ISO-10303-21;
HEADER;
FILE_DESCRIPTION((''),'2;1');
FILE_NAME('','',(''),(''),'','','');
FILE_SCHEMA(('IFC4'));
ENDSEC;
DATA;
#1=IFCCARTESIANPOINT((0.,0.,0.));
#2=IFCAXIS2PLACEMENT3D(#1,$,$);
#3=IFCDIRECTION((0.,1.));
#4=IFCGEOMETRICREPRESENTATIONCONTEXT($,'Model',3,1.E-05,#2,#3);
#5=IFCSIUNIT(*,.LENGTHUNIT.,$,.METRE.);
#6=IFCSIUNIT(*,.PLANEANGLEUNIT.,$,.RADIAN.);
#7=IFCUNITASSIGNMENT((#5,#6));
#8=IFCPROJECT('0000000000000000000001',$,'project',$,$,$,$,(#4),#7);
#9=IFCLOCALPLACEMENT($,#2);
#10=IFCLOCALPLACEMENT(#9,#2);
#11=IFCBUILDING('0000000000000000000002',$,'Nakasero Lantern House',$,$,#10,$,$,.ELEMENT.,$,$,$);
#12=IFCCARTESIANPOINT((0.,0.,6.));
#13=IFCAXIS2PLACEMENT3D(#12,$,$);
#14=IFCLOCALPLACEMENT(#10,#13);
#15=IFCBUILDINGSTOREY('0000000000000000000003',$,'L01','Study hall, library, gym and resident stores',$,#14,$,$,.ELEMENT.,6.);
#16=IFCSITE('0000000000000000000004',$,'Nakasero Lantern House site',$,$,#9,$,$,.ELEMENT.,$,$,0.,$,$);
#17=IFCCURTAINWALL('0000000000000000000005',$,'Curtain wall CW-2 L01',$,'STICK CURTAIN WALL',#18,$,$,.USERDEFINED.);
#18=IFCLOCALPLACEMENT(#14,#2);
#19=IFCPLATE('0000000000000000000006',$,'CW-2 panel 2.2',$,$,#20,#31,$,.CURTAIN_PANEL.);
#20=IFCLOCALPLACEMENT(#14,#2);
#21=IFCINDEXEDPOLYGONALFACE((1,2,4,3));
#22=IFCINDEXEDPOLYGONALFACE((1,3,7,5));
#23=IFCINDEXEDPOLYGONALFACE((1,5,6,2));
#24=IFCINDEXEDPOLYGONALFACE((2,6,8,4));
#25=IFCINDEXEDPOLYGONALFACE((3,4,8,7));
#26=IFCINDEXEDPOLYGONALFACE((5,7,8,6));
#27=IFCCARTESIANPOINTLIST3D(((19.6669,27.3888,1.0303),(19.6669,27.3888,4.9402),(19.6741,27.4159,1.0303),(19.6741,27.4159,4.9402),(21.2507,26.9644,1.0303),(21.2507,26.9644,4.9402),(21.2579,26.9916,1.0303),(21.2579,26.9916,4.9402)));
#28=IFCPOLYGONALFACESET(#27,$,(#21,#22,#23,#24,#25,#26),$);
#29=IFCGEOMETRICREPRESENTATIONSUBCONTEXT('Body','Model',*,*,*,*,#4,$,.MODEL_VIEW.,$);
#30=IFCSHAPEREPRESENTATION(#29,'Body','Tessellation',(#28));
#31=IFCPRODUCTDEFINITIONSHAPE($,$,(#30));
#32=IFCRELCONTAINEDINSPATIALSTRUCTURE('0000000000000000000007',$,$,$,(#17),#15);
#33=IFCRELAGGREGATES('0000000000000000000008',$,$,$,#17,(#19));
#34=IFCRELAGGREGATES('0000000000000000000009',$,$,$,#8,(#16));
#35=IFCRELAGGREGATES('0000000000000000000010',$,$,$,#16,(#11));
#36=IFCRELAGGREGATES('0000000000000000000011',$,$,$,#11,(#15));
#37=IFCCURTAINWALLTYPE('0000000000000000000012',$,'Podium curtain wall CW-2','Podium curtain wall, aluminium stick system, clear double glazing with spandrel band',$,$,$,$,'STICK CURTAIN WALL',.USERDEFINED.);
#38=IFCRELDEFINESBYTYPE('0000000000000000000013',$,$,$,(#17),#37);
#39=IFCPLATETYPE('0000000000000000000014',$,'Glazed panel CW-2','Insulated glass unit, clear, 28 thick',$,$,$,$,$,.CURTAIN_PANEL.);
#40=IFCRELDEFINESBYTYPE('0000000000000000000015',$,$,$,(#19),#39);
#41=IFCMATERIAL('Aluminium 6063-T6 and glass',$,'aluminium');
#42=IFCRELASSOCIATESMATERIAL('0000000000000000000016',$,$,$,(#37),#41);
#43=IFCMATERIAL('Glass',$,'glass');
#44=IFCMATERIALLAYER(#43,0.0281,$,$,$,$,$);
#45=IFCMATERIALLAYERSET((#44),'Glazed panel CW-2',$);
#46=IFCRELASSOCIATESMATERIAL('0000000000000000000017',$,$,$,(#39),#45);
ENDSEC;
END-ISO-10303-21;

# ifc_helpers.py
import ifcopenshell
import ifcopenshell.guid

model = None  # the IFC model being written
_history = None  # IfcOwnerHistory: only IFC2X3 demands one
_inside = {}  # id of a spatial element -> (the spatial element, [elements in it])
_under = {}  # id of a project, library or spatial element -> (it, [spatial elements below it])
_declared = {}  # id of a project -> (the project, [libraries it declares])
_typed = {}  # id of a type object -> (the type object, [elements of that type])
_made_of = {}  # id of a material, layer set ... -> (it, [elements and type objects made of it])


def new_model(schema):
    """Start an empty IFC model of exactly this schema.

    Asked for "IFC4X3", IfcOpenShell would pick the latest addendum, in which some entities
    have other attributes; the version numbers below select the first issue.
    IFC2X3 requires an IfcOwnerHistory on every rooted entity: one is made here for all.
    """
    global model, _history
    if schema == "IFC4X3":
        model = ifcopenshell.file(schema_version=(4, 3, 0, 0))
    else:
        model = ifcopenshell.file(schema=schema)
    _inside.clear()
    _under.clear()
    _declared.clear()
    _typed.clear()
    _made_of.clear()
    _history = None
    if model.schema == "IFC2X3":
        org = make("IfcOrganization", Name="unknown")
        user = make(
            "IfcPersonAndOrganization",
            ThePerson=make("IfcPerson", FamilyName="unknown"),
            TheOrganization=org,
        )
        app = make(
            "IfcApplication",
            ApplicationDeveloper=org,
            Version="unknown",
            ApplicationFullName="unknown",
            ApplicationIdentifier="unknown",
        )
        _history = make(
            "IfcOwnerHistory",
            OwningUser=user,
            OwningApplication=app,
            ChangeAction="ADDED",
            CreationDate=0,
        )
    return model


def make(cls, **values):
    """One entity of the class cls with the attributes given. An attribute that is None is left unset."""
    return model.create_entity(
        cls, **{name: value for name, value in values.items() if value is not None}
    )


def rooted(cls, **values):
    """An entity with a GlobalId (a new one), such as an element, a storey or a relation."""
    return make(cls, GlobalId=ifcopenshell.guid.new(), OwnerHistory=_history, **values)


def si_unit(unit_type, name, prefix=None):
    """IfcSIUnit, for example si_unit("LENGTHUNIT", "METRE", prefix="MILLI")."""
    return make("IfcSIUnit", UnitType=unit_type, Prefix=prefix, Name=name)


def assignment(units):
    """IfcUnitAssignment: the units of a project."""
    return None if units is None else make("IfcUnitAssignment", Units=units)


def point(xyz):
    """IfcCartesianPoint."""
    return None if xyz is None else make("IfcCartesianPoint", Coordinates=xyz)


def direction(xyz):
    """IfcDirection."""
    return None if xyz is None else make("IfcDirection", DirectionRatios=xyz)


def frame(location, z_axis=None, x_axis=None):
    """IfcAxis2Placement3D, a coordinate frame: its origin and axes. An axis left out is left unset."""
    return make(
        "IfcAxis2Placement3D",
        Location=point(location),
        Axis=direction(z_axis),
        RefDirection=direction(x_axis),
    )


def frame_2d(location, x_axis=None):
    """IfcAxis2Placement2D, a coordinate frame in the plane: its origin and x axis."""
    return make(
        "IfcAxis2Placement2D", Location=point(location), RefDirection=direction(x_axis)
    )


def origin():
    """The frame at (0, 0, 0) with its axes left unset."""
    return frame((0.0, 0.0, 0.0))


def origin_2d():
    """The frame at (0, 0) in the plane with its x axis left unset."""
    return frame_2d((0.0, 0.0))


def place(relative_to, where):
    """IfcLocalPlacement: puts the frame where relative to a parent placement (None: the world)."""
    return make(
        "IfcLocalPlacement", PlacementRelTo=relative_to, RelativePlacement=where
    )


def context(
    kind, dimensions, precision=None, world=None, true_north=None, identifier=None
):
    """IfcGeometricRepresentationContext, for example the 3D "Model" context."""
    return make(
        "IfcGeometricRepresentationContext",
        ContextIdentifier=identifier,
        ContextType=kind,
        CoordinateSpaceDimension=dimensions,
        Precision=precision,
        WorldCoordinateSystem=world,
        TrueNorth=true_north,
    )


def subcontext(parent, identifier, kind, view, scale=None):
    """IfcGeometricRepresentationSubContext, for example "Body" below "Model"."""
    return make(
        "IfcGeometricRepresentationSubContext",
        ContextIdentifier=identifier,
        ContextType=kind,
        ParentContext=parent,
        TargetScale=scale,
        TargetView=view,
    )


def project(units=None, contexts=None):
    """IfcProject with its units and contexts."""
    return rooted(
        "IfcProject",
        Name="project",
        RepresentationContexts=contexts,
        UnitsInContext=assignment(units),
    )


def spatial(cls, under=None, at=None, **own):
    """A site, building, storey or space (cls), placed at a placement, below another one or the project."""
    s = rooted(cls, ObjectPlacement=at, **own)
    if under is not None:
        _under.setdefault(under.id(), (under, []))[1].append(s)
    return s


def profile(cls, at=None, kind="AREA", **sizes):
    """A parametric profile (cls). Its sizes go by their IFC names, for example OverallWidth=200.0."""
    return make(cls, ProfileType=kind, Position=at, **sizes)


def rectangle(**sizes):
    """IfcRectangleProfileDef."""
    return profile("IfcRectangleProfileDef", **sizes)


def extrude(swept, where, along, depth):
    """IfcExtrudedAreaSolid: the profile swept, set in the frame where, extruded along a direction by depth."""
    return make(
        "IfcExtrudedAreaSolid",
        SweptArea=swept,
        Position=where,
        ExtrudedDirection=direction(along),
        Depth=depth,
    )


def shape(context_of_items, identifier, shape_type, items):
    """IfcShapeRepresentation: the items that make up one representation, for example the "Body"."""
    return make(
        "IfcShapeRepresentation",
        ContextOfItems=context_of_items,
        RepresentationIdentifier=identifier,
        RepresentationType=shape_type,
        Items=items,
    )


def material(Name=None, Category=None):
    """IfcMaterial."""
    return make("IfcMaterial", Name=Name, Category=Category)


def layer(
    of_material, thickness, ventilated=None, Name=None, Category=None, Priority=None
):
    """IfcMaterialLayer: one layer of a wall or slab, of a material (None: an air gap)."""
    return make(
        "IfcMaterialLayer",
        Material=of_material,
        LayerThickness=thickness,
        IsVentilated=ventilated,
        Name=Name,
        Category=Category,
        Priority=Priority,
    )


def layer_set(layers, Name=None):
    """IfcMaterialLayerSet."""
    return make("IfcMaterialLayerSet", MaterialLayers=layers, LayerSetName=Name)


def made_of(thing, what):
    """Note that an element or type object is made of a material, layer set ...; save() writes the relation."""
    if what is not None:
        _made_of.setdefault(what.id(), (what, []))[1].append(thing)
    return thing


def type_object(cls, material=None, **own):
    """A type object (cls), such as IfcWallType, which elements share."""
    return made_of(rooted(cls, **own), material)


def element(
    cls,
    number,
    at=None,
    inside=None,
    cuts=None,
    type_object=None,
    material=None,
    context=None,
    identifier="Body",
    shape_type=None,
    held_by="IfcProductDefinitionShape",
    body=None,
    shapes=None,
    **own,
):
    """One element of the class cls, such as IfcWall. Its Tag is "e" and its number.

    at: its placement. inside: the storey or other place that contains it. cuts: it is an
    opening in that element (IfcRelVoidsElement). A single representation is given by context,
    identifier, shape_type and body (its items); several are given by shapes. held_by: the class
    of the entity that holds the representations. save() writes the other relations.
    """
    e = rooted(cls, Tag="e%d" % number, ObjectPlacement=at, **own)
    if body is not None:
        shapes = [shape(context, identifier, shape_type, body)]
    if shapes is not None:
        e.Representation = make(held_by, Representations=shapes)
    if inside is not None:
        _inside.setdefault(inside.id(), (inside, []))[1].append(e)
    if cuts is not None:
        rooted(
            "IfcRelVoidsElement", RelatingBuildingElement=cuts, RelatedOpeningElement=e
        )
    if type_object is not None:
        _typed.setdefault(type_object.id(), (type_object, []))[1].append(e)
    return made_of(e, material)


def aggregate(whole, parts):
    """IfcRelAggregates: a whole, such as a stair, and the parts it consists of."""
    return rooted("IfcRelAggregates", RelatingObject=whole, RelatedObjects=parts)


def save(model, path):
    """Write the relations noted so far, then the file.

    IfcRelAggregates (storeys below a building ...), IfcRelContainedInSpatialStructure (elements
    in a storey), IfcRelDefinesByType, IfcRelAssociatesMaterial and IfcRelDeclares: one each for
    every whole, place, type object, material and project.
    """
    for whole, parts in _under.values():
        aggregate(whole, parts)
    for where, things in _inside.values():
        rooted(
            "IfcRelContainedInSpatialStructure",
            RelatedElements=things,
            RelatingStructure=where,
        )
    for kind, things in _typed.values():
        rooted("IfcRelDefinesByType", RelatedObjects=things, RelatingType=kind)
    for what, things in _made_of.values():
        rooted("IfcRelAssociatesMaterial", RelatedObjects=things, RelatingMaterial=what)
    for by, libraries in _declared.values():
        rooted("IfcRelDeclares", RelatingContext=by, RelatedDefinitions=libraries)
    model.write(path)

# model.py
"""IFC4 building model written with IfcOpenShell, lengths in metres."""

from ifc_helpers import new_model, si_unit, direction, frame, origin, origin_2d, place, context, subcontext, project, spatial, rectangle, extrude, material, layer, layer_set, type_object, element, aggregate, save


model = new_model("IFC4")

# Units and contexts
model_context = context("Model", 3, precision=1e-05, world=origin(), true_north=direction((0.0, 1.0)))
body_context = subcontext(model_context, "Body", "Model", "MODEL_VIEW")
ifc_project = project(units=[si_unit("LENGTHUNIT", "METRE"), si_unit("PLANEANGLEUNIT", "RADIAN")], contexts=[model_context])

# Site, building, storey
site_placement = place(None, origin())
site = spatial("IfcSite", under=ifc_project, at=site_placement, Name="Nakasero Lantern House site", CompositionType="ELEMENT", RefElevation=0.0)
building_placement = place(site_placement, origin())
building = spatial("IfcBuilding", under=site, at=building_placement, Name="Nakasero Lantern House", CompositionType="ELEMENT")
storey_placement = place(building_placement, frame((0.0, 0.0, 6.0)))
storey = spatial("IfcBuildingStorey", under=building, at=storey_placement, Name="L01", Description="Study hall, library, gym and resident stores", CompositionType="ELEMENT", Elevation=6.0)

# Curtain wall
ifc_material_1 = material(Name="Aluminium 6063-T6 and glass", Category="aluminium")
curtain_wall_type = type_object("IfcCurtainWallType", Name="Podium curtain wall CW-2", Description="Podium curtain wall, aluminium stick system, clear double glazing with spandrel band", ElementType="STICK CURTAIN WALL", PredefinedType="USERDEFINED", material=ifc_material_1)
curtain_wall_1_placement = place(storey_placement, origin())
curtain_wall_1 = element("IfcCurtainWall", 1, at=curtain_wall_1_placement, inside=storey, type_object=curtain_wall_type, Name="Curtain wall CW-2 L01", ObjectType="STICK CURTAIN WALL", PredefinedType="USERDEFINED")

# Plate
ifc_material_2 = material(Name="Glass", Category="glass")
ifc_layer = layer(ifc_material_2, 0.0281)
ifc_layer_set = layer_set([ifc_layer], Name="Glazed panel CW-2")
plate_type = type_object("IfcPlateType", Name="Glazed panel CW-2", Description="Insulated glass unit, clear, 28 thick", PredefinedType="CURTAIN_PANEL", material=ifc_layer_set)
plate_1_placement = place(storey_placement, frame((20.4624, 27.1902, 1.0303), z_axis=(0.0, 0.0, 1.0), x_axis=(-0.965926, 0.258819, 0.0)))
plate_1 = element("IfcPlate", 2, at=plate_1_placement, type_object=plate_type, Name="CW-2 panel 2.2", PredefinedType="CURTAIN_PANEL", context=body_context, shape_type="SweptSolid", body=[
    extrude(rectangle(XDim=1.6396, YDim=0.0281, at=origin_2d()), origin(), (0.0, 0.0, 1.0), 3.9099),
])
aggregate(curtain_wall_1, [plate_1])

save(model, "model.ifc")
